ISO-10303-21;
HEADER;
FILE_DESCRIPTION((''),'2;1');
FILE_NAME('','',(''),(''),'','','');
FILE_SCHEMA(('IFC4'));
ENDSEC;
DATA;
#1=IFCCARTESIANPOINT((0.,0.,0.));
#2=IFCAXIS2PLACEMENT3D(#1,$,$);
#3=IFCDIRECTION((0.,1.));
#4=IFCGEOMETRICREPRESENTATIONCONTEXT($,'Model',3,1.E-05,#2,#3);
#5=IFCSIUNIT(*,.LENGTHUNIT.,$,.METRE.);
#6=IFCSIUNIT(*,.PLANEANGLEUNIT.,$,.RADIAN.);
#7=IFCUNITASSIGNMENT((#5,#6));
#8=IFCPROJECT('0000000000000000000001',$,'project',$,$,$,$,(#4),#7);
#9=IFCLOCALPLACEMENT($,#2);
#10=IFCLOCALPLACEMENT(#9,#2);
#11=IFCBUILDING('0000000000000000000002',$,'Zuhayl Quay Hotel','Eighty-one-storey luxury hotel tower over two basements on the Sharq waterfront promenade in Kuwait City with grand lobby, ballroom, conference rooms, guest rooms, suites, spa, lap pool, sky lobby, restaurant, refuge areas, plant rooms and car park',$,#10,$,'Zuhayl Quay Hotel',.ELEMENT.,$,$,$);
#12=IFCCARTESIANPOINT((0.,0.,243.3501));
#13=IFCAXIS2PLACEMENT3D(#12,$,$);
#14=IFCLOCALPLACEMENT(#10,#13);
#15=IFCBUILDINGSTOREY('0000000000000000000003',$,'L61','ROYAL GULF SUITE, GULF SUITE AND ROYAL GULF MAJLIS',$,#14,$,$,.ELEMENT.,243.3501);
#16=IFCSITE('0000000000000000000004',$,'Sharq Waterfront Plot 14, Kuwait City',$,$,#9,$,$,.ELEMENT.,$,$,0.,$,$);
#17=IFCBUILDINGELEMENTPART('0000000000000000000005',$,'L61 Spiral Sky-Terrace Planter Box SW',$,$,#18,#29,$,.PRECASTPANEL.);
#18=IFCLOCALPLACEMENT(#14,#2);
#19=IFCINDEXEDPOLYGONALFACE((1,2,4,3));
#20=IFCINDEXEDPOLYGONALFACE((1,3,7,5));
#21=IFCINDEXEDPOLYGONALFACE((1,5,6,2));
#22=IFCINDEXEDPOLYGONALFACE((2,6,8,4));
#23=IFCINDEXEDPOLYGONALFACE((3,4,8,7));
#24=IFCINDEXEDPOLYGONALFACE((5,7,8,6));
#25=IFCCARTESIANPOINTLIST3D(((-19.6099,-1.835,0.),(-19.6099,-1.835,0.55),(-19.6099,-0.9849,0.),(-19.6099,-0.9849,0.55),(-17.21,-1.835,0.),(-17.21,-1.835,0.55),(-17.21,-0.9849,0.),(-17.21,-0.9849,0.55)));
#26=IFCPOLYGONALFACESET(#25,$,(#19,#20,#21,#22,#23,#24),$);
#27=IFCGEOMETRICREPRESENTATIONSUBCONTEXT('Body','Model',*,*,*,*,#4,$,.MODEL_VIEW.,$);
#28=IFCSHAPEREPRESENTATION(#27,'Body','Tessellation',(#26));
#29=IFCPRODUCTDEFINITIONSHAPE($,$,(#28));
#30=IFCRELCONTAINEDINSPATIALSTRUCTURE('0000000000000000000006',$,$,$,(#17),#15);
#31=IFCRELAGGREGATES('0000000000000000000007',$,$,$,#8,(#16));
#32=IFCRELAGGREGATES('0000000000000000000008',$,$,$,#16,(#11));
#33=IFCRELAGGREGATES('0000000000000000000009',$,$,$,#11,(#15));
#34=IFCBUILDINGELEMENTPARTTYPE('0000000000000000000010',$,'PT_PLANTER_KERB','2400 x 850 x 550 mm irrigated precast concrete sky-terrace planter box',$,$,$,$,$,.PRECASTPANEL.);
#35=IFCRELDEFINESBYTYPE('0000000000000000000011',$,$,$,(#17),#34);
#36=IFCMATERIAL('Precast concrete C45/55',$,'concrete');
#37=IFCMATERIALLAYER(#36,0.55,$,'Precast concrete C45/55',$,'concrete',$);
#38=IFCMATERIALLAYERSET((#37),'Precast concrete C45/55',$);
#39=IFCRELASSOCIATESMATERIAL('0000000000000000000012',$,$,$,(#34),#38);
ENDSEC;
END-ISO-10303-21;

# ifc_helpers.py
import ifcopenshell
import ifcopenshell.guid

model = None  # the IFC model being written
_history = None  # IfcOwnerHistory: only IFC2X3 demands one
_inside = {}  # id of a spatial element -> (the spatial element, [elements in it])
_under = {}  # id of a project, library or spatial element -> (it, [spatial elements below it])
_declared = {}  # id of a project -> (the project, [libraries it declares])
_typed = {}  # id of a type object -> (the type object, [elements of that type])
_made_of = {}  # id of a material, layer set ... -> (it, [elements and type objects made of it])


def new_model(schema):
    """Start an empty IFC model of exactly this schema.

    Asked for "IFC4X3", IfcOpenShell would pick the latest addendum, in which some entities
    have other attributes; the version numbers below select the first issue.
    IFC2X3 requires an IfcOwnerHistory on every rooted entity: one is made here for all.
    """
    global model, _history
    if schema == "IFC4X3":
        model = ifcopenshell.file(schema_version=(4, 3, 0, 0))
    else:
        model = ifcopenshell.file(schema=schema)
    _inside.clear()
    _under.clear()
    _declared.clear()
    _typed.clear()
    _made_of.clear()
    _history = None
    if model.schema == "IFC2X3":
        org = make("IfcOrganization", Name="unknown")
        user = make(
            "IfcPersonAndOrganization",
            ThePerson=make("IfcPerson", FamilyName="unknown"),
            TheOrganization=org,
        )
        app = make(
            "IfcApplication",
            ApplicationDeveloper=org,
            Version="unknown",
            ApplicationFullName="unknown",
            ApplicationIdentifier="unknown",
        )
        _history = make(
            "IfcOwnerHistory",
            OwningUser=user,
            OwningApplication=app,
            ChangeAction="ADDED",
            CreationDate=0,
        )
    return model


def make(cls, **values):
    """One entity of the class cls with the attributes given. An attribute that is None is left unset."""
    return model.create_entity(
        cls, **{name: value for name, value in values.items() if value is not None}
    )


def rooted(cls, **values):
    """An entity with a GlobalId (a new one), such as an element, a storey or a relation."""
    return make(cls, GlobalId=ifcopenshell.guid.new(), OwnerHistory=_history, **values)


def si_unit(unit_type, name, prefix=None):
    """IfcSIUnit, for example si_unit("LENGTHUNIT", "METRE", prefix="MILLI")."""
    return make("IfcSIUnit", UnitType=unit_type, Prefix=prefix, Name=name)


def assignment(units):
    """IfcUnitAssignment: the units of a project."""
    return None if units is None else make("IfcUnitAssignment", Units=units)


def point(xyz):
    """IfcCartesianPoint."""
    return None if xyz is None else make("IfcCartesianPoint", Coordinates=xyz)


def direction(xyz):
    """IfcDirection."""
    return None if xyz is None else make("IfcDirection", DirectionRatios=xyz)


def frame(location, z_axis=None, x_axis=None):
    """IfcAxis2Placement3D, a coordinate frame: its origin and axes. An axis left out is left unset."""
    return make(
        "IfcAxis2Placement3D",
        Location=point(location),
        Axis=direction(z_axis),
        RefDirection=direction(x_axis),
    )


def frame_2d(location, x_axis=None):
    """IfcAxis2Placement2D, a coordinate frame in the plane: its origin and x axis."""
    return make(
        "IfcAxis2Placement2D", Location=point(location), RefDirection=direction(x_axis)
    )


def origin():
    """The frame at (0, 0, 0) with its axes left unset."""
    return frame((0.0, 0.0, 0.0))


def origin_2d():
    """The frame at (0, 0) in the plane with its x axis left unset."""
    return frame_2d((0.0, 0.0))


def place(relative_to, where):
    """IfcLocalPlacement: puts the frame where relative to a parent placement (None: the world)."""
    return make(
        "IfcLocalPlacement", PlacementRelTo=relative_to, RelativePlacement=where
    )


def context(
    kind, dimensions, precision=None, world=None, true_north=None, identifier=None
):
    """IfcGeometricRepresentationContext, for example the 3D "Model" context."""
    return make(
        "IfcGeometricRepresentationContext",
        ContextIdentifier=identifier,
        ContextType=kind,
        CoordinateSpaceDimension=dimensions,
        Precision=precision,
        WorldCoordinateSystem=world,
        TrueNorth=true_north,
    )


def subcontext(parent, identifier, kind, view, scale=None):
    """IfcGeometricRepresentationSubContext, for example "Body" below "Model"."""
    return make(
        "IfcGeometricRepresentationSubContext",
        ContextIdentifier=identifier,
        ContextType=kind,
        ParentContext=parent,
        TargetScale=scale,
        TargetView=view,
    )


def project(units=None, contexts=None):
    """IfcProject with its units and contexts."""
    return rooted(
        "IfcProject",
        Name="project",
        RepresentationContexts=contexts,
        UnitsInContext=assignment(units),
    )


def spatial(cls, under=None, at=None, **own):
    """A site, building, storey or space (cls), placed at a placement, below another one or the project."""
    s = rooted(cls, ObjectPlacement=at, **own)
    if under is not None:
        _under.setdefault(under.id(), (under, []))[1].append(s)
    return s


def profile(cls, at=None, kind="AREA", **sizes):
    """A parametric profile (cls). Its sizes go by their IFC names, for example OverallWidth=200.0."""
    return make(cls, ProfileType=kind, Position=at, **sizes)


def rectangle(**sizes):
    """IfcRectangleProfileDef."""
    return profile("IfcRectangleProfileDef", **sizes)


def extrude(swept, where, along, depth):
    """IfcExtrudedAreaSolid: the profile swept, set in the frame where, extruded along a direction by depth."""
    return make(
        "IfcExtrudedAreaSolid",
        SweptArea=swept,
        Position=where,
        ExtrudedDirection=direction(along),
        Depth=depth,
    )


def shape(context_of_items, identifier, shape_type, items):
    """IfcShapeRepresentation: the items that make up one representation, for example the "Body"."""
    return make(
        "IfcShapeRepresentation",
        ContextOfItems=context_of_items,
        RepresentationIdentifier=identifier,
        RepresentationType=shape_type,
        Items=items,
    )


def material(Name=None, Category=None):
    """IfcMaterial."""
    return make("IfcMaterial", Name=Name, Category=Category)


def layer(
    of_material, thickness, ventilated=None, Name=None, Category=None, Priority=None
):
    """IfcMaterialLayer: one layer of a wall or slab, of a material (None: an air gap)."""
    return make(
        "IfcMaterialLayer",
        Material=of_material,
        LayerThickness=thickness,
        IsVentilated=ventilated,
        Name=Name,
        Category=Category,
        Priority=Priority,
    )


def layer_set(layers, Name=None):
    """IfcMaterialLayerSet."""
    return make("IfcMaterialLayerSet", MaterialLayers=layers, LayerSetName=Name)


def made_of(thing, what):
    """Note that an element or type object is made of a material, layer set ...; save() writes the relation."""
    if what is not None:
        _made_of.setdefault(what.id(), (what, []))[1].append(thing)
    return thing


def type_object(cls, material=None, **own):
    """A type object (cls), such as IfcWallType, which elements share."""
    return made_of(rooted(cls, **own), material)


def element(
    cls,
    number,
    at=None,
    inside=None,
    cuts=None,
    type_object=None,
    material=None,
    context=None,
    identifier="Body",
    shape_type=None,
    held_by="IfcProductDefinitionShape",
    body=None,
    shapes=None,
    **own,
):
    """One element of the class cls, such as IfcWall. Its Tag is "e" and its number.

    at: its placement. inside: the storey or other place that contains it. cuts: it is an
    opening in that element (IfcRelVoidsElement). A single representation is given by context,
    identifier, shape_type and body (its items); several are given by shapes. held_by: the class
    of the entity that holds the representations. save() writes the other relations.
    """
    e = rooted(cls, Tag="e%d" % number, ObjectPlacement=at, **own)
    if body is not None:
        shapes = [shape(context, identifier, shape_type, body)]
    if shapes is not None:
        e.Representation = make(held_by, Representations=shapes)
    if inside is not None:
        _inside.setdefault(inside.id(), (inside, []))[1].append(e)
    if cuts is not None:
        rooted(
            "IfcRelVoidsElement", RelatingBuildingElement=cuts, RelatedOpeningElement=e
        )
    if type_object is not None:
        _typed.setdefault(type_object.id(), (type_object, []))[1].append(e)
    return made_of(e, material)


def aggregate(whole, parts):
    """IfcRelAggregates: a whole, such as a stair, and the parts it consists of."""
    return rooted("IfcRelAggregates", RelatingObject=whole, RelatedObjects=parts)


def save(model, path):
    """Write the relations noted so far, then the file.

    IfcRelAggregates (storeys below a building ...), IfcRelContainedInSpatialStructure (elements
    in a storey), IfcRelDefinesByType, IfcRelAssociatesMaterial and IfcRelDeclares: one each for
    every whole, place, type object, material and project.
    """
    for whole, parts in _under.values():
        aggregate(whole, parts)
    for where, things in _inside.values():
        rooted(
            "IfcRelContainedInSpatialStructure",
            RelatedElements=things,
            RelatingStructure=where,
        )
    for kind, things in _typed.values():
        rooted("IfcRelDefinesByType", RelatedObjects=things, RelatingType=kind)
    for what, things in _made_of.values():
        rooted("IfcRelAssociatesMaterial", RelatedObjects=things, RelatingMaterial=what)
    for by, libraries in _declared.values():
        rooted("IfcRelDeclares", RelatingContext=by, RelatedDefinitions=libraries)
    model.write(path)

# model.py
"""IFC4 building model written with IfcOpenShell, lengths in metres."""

from ifc_helpers import new_model, si_unit, direction, frame, origin, origin_2d, place, context, subcontext, project, spatial, rectangle, extrude, material, layer, layer_set, type_object, element, save


model = new_model("IFC4")

# Units and contexts
model_context = context("Model", 3, precision=1e-05, world=origin(), true_north=direction((0.0, 1.0)))
body_context = subcontext(model_context, "Body", "Model", "MODEL_VIEW")
ifc_project = project(units=[si_unit("LENGTHUNIT", "METRE"), si_unit("PLANEANGLEUNIT", "RADIAN")], contexts=[model_context])

# Site, building, storey
site_placement = place(None, origin())
site = spatial("IfcSite", under=ifc_project, at=site_placement, Name="Sharq Waterfront Plot 14, Kuwait City", CompositionType="ELEMENT", RefElevation=0.0)
building_placement = place(site_placement, origin())
building = spatial("IfcBuilding", under=site, at=building_placement, Name="Zuhayl Quay Hotel", Description="Eighty-one-storey luxury hotel tower over two basements on the Sharq waterfront promenade in Kuwait City with grand lobby, ballroom, conference rooms, guest rooms, suites, spa, lap pool, sky lobby, restaurant, refuge areas, plant rooms and car park", LongName="Zuhayl Quay Hotel", CompositionType="ELEMENT")
storey_placement = place(building_placement, frame((0.0, 0.0, 243.3501)))
storey = spatial("IfcBuildingStorey", under=building, at=storey_placement, Name="L61", Description="ROYAL GULF SUITE, GULF SUITE AND ROYAL GULF MAJLIS", CompositionType="ELEMENT", Elevation=243.3501)

# Shared definitions
ifc_material_1 = material(Name="Precast concrete C45/55", Category="concrete")

# Building element part
ifc_layer_1 = layer(ifc_material_1, 0.55, Name="Precast concrete C45/55", Category="concrete")
ifc_layer_set_1 = layer_set([ifc_layer_1], Name="Precast concrete C45/55")
building_element_part_type = type_object("IfcBuildingElementPartType", Name="PT_PLANTER_KERB", Description="2400 x 850 x 550 mm irrigated precast concrete sky-terrace planter box", PredefinedType="PRECASTPANEL", material=ifc_layer_set_1)
building_element_part_placement = place(storey_placement, frame((-18.4099, -1.4099, 0.0), z_axis=(0.0, 0.0, 1.0), x_axis=(1.0, 0.0, 0.0)))
element("IfcBuildingElementPart", 1, at=building_element_part_placement, inside=storey, type_object=building_element_part_type, Name="L61 Spiral Sky-Terrace Planter Box SW", PredefinedType="PRECASTPANEL", context=body_context, shape_type="SweptSolid", body=[
    extrude(rectangle(XDim=2.3999, YDim=0.8501, at=origin_2d()), origin(), (0.0, 0.0, 1.0), 0.55),
])

save(model, "model.ifc")
